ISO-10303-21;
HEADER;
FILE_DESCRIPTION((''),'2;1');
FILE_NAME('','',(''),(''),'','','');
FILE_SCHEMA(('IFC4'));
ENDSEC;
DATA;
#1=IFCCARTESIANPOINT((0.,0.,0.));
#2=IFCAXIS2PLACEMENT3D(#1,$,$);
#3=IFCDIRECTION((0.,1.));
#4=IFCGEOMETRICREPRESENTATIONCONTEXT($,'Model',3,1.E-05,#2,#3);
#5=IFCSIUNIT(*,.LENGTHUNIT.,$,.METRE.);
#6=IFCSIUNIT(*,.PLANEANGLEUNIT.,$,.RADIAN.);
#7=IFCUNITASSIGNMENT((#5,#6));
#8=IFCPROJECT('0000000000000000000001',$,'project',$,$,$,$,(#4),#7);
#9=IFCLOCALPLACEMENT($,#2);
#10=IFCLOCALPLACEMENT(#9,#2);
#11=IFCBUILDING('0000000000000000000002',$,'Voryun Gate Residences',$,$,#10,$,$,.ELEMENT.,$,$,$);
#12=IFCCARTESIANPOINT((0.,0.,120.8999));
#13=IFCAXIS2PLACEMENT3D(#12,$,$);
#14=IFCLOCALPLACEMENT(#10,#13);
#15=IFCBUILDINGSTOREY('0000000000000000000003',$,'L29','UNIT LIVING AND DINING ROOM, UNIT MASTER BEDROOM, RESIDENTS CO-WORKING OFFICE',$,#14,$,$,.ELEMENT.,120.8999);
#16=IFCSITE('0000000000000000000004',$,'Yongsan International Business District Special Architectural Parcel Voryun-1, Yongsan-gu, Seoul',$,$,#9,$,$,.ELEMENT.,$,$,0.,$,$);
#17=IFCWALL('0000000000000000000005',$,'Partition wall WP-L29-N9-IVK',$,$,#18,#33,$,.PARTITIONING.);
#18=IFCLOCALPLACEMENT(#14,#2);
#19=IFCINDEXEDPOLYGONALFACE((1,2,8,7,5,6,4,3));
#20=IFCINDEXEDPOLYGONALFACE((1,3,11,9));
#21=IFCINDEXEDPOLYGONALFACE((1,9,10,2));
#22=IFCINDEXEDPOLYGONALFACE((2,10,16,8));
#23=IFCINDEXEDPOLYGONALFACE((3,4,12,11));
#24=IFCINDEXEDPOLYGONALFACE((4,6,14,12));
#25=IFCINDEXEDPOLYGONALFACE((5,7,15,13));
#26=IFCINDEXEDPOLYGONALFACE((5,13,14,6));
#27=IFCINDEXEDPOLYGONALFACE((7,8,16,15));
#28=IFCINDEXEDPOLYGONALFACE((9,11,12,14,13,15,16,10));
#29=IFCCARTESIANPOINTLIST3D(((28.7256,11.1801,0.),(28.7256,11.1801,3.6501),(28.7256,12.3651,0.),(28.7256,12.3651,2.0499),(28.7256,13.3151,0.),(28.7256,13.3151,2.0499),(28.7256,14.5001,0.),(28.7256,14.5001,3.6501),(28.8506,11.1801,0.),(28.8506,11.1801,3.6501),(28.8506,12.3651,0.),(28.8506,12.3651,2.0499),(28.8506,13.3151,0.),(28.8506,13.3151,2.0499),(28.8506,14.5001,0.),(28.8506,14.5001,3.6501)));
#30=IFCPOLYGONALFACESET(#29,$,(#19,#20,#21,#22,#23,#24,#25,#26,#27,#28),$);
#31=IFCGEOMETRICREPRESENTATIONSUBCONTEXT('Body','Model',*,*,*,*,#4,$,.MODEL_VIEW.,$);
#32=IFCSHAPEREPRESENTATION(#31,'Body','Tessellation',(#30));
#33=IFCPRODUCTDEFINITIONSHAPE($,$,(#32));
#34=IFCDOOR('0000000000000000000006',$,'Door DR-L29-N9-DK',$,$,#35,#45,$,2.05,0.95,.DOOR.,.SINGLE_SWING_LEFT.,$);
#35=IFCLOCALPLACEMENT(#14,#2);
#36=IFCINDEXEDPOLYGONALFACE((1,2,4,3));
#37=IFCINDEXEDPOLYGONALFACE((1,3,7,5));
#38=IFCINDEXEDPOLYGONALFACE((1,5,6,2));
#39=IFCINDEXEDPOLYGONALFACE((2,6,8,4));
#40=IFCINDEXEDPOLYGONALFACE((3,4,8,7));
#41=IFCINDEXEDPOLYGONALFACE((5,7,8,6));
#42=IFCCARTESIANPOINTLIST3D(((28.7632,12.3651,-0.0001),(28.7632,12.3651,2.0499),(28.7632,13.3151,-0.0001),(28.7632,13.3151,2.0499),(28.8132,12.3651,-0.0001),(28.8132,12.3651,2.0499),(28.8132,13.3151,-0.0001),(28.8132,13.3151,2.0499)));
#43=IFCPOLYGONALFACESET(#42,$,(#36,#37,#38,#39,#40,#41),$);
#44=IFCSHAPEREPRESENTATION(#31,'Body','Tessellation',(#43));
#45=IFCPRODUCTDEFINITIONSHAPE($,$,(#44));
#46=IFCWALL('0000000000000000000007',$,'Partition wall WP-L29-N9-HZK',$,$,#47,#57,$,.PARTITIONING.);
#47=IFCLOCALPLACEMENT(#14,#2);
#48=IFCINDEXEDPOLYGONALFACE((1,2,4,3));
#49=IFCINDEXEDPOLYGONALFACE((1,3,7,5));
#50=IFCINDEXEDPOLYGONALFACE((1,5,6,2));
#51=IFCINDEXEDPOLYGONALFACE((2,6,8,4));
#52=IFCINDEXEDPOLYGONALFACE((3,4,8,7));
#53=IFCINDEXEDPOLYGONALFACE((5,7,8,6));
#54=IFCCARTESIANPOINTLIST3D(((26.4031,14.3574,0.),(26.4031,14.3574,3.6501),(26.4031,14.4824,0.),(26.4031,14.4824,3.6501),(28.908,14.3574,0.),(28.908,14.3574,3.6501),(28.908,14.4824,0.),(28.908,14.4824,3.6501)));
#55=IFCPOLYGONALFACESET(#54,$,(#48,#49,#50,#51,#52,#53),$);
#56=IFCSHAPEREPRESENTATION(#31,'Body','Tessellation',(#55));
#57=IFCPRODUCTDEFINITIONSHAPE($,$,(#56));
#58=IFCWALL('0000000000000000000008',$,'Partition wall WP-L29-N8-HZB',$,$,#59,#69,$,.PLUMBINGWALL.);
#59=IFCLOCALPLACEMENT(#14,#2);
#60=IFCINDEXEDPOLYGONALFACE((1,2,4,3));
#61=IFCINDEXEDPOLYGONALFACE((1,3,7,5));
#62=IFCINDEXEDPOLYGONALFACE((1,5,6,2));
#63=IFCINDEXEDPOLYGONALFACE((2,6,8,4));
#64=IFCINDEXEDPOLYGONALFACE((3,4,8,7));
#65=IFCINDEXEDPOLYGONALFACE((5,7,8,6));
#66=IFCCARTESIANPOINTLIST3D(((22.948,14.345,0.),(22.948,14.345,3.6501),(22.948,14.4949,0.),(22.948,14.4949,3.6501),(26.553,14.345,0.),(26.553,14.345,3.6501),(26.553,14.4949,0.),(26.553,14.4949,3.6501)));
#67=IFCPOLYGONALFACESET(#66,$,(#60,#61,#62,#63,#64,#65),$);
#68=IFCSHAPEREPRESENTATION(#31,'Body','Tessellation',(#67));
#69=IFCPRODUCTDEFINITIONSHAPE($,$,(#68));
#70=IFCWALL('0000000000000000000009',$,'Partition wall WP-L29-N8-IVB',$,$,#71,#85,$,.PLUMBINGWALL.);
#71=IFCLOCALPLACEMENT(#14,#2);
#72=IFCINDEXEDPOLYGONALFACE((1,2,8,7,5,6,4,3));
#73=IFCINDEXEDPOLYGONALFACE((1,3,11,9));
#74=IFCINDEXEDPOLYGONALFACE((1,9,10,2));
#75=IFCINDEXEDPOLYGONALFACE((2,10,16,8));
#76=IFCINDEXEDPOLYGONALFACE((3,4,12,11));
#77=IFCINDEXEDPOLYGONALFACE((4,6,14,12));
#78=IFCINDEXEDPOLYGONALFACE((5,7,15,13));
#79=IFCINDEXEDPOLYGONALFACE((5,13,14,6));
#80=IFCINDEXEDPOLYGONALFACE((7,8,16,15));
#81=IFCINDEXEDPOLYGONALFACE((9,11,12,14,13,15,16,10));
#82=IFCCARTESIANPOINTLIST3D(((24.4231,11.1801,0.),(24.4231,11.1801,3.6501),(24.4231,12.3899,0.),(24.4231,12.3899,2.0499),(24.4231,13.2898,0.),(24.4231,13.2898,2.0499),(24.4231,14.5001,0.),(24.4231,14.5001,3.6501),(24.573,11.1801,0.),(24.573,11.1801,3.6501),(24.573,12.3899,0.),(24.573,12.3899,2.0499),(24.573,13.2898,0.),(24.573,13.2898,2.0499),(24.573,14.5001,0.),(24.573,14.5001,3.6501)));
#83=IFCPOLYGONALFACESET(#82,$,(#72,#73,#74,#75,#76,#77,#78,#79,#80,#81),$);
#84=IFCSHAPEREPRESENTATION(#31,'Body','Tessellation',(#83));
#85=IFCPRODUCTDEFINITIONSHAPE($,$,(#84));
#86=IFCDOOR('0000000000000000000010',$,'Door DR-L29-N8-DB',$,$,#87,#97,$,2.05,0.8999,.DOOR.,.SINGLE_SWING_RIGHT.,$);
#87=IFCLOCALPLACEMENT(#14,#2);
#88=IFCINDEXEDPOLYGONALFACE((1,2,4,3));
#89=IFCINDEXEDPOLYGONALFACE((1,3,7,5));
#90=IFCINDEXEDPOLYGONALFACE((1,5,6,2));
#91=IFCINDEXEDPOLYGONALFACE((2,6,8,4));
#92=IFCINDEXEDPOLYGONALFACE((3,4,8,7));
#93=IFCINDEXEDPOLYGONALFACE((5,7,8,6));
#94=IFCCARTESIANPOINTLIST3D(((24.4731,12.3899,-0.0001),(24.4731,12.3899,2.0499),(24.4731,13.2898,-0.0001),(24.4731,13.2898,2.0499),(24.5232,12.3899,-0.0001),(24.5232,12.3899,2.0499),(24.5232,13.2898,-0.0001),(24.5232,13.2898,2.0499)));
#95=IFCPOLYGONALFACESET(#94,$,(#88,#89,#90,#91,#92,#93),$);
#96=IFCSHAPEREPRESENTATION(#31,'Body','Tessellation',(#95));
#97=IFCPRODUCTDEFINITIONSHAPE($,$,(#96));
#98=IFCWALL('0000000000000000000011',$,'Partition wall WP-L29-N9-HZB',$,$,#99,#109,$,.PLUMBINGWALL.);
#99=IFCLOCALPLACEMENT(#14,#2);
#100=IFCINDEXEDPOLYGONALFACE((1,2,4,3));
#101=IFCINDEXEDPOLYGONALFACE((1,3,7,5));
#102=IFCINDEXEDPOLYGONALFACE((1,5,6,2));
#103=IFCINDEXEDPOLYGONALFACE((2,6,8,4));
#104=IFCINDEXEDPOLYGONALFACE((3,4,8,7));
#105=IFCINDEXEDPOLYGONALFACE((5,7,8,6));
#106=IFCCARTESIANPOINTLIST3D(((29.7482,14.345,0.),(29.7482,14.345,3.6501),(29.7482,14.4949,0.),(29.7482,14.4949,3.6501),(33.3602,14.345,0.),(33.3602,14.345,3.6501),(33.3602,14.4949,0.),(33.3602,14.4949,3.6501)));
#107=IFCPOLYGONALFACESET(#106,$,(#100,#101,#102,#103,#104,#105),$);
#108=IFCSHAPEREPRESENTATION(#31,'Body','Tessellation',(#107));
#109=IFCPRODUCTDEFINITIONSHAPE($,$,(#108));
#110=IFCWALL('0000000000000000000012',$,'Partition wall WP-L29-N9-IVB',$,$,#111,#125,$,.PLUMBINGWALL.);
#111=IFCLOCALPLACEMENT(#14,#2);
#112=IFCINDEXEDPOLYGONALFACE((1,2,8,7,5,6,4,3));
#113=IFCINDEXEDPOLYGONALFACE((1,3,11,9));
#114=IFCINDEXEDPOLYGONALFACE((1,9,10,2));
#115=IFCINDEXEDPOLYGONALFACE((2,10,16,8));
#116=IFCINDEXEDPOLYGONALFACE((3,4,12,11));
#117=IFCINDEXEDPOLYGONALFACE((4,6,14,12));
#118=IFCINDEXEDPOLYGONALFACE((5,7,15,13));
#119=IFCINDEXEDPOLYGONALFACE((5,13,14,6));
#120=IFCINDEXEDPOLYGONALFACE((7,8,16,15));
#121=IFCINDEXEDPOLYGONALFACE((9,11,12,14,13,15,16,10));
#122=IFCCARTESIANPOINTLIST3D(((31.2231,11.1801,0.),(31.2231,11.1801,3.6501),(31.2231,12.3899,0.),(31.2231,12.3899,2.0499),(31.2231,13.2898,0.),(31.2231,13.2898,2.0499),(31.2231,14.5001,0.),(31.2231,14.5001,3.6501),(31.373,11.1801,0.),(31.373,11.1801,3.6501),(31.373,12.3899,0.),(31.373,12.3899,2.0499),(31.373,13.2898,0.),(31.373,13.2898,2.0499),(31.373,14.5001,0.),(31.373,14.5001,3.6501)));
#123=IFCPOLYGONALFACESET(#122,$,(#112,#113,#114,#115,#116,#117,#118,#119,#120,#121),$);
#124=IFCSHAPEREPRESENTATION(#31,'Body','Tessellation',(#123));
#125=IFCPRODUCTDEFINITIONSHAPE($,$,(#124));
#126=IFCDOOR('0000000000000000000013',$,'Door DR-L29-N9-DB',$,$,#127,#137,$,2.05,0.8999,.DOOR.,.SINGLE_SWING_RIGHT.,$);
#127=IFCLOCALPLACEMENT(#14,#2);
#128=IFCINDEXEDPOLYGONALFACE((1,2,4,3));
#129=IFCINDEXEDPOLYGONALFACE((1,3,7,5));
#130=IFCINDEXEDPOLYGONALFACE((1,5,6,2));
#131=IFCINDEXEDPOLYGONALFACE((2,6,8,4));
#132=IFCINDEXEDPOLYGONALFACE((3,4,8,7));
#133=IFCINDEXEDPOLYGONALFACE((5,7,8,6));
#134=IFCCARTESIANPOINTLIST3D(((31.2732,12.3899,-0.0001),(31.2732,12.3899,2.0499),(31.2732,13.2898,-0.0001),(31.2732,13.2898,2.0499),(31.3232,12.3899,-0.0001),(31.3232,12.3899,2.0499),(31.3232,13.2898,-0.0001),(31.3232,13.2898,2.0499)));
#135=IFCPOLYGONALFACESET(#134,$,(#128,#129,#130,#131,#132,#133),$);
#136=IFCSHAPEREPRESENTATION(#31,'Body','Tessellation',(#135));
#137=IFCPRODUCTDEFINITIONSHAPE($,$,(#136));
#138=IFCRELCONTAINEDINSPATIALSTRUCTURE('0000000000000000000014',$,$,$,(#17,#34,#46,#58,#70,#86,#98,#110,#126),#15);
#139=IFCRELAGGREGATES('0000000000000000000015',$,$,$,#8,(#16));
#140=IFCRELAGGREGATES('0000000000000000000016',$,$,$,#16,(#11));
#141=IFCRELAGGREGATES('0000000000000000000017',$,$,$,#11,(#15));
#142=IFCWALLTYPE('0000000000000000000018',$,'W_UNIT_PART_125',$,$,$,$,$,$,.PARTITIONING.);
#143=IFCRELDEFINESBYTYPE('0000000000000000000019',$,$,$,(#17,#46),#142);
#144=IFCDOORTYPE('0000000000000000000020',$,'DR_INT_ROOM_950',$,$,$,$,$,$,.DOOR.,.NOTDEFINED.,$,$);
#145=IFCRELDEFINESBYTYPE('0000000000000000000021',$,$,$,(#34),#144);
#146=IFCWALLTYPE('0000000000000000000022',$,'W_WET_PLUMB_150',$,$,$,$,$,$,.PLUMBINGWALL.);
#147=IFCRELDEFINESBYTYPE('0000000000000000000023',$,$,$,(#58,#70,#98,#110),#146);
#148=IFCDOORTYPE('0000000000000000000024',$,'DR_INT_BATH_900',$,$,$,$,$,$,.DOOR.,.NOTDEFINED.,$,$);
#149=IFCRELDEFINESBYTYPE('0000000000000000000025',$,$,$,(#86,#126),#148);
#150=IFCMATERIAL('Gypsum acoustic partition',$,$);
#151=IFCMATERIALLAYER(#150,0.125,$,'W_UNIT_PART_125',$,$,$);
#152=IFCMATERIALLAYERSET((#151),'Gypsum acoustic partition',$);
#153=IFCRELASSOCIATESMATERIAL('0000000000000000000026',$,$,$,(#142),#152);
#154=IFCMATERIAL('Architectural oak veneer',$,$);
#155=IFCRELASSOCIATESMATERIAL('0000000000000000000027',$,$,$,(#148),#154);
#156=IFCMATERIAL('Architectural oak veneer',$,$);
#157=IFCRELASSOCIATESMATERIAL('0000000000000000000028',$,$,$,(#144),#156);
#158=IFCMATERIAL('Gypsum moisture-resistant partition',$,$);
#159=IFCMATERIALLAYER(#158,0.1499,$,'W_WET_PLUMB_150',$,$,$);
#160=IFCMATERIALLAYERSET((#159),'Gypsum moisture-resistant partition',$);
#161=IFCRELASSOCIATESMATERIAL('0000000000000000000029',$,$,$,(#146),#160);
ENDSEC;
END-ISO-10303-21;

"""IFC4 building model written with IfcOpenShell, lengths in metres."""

from ifc_helpers import new_model, si_unit, direction, frame, frame_2d, origin, place, context, subcontext, project, spatial, rectangle, extrude, material, layer, layer_set, type_object, element, fill, save


model = new_model("IFC4")

# Units and contexts
model_context = context("Model", 3, precision=1e-05, world=origin(), true_north=direction((0.0, 1.0)))
body_context = subcontext(model_context, "Body", "Model", "MODEL_VIEW")
ifc_project = project(units=[si_unit("LENGTHUNIT", "METRE"), si_unit("PLANEANGLEUNIT", "RADIAN")], contexts=[model_context])

# Site, building, storey
site_placement = place(None, origin())
site = spatial("IfcSite", under=ifc_project, at=site_placement, Name="Yongsan International Business District Special Architectural Parcel Voryun-1, Yongsan-gu, Seoul", CompositionType="ELEMENT", RefElevation=0.0)
building_placement = place(site_placement, origin())
building = spatial("IfcBuilding", under=site, at=building_placement, Name="Voryun Gate Residences", CompositionType="ELEMENT")
storey_placement = place(building_placement, frame((0.0, 0.0, 120.8999)))
storey = spatial("IfcBuildingStorey", under=building, at=storey_placement, Name="L29", Description="UNIT LIVING AND DINING ROOM, UNIT MASTER BEDROOM, RESIDENTS CO-WORKING OFFICE", CompositionType="ELEMENT", Elevation=120.8999)

# Shared definitions
ifc_material_1 = material(Name="Gypsum acoustic partition")
ifc_layer_1 = layer(ifc_material_1, 0.125, Name="W_UNIT_PART_125")
ifc_layer_set_1 = layer_set([ifc_layer_1], Name="Gypsum acoustic partition")
wall_type_1 = type_object("IfcWallType", Name="W_UNIT_PART_125", PredefinedType="PARTITIONING", material=ifc_layer_set_1)
ifc_material_2 = material(Name="Architectural oak veneer")
door_type_1 = type_object("IfcDoorType", Name="DR_INT_BATH_900", OperationType="NOTDEFINED", PredefinedType="DOOR", material=ifc_material_2)
ifc_material_3 = material(Name="Architectural oak veneer")
door_type_2 = type_object("IfcDoorType", Name="DR_INT_ROOM_950", OperationType="NOTDEFINED", PredefinedType="DOOR", material=ifc_material_3)

# Wall, opening, door
wall_1_placement = place(storey_placement, frame((28.7881, 11.1799, 0.0), z_axis=(0.0, 0.0, 1.0), x_axis=(0.0, 1.0, 0.0)))
wall_1 = element("IfcWall", 1, at=wall_1_placement, inside=storey, type_object=wall_type_1, Name="Partition wall WP-L29-N9-IVK", PredefinedType="PARTITIONING", context=body_context, shape_type="SweptSolid", body=[
    extrude(rectangle(XDim=3.3201, YDim=0.125, at=frame_2d((1.6602, 0.0))), origin(), (0.0, 0.0, 1.0), 3.6501),
])
opening_1_placement = place(wall_1_placement, frame((1.1851, 0.0, 0.0)))
opening_1 = element("IfcOpeningElement", 2, at=opening_1_placement, cuts=wall_1, PredefinedType="OPENING", context=body_context, shape_type="SweptSolid", body=[
    extrude(rectangle(XDim=0.95, YDim=2.05, at=frame_2d((0.4751, 1.0249))), frame((0.0, 0.0725, 0.0), z_axis=(0.0, -1.0, 0.0), x_axis=(1.0, 0.0, 0.0)), (0.0, 0.0, 1.0), 0.145),
])
door_1_placement = place(opening_1_placement, origin())
door_1 = element("IfcDoor", 3, at=door_1_placement, inside=storey, type_object=door_type_2, Name="Door DR-L29-N9-DK", OperationType="SINGLE_SWING_LEFT", OverallHeight=2.05, OverallWidth=0.95, PredefinedType="DOOR", context=body_context, shape_type="SweptSolid", body=[
    extrude(rectangle(XDim=0.95, YDim=2.05, at=frame_2d((0.4751, 1.0249))), frame((0.0, 0.0249, 0.0), z_axis=(0.0, -1.0, 0.0), x_axis=(1.0, 0.0, 0.0)), (0.0, 0.0, 1.0), 0.05),
])
fill(opening_1, door_1)

# Walls
wall_2_placement = place(storey_placement, frame((26.4031, 14.4199, 0.0), z_axis=(0.0, 0.0, 1.0), x_axis=(1.0, 0.0, 0.0)))
element("IfcWall", 4, at=wall_2_placement, inside=storey, type_object=wall_type_1, Name="Partition wall WP-L29-N9-HZK", PredefinedType="PARTITIONING", context=body_context, shape_type="SweptSolid", body=[
    extrude(rectangle(XDim=2.5049, YDim=0.125, at=frame_2d((1.2524, 0.0))), origin(), (0.0, 0.0, 1.0), 3.6501),
])
ifc_material_4 = material(Name="Gypsum moisture-resistant partition")
ifc_layer_2 = layer(ifc_material_4, 0.1499, Name="W_WET_PLUMB_150")
ifc_layer_set_2 = layer_set([ifc_layer_2], Name="Gypsum moisture-resistant partition")
wall_type_2 = type_object("IfcWallType", Name="W_WET_PLUMB_150", PredefinedType="PLUMBINGWALL", material=ifc_layer_set_2)
wall_3_placement = place(storey_placement, frame((22.948, 14.4199, 0.0), z_axis=(0.0, 0.0, 1.0), x_axis=(1.0, 0.0, 0.0)))
element("IfcWall", 5, at=wall_3_placement, inside=storey, type_object=wall_type_2, Name="Partition wall WP-L29-N8-HZB", PredefinedType="PLUMBINGWALL", context=body_context, shape_type="SweptSolid", body=[
    extrude(rectangle(XDim=3.605, YDim=0.1499, at=frame_2d((1.8025, 0.0))), origin(), (0.0, 0.0, 1.0), 3.6501),
])

# Wall, opening, door
wall_4_placement = place(storey_placement, frame((24.498, 11.1799, 0.0), z_axis=(0.0, 0.0, 1.0), x_axis=(0.0, 1.0, 0.0)))
wall_4 = element("IfcWall", 6, at=wall_4_placement, inside=storey, type_object=wall_type_2, Name="Partition wall WP-L29-N8-IVB", PredefinedType="PLUMBINGWALL", context=body_context, shape_type="SweptSolid", body=[
    extrude(rectangle(XDim=3.3201, YDim=0.1499, at=frame_2d((1.6602, 0.0))), origin(), (0.0, 0.0, 1.0), 3.6501),
])
opening_2_placement = place(wall_4_placement, frame((1.21, 0.0, 0.0)))
opening_2 = element("IfcOpeningElement", 7, at=opening_2_placement, cuts=wall_4, PredefinedType="OPENING", context=body_context, shape_type="SweptSolid", body=[
    extrude(rectangle(XDim=0.8999, YDim=2.05, at=frame_2d((0.45, 1.0249))), frame((0.0, 0.085, 0.0), z_axis=(0.0, -1.0, 0.0), x_axis=(1.0, 0.0, 0.0)), (0.0, 0.0, 1.0), 0.1699),
])
door_2_placement = place(opening_2_placement, origin())
door_2 = element("IfcDoor", 8, at=door_2_placement, inside=storey, type_object=door_type_1, Name="Door DR-L29-N8-DB", OperationType="SINGLE_SWING_RIGHT", OverallHeight=2.05, OverallWidth=0.8999, PredefinedType="DOOR", context=body_context, shape_type="SweptSolid", body=[
    extrude(rectangle(XDim=0.8999, YDim=2.05, at=frame_2d((0.45, 1.0249))), frame((0.0, 0.0249, 0.0), z_axis=(0.0, -1.0, 0.0), x_axis=(1.0, 0.0, 0.0)), (0.0, 0.0, 1.0), 0.05),
])
fill(opening_2, door_2)

# Wall
wall_5_placement = place(storey_placement, frame((29.748, 14.4199, 0.0), z_axis=(0.0, 0.0, 1.0), x_axis=(1.0, 0.0, 0.0)))
element("IfcWall", 9, at=wall_5_placement, inside=storey, type_object=wall_type_2, Name="Partition wall WP-L29-N9-HZB", PredefinedType="PLUMBINGWALL", context=body_context, shape_type="SweptSolid", body=[
    extrude(rectangle(XDim=3.6121, YDim=0.1499, at=frame_2d((1.8062, 0.0))), origin(), (0.0, 0.0, 1.0), 3.6501),
])

# Wall, opening, door
wall_6_placement = place(storey_placement, frame((31.2981, 11.1799, 0.0), z_axis=(0.0, 0.0, 1.0), x_axis=(0.0, 1.0, 0.0)))
wall_6 = element("IfcWall", 10, at=wall_6_placement, inside=storey, type_object=wall_type_2, Name="Partition wall WP-L29-N9-IVB", PredefinedType="PLUMBINGWALL", context=body_context, shape_type="SweptSolid", body=[
    extrude(rectangle(XDim=3.3201, YDim=0.1499, at=frame_2d((1.6602, 0.0))), origin(), (0.0, 0.0, 1.0), 3.6501),
])
opening_3_placement = place(wall_6_placement, frame((1.21, 0.0, 0.0)))
opening_3 = element("IfcOpeningElement", 11, at=opening_3_placement, cuts=wall_6, PredefinedType="OPENING", context=body_context, shape_type="SweptSolid", body=[
    extrude(rectangle(XDim=0.8999, YDim=2.05, at=frame_2d((0.45, 1.0249))), frame((0.0, 0.085, 0.0), z_axis=(0.0, -1.0, 0.0), x_axis=(1.0, 0.0, 0.0)), (0.0, 0.0, 1.0), 0.1699),
])
door_3_placement = place(opening_3_placement, origin())
door_3 = element("IfcDoor", 12, at=door_3_placement, inside=storey, type_object=door_type_1, Name="Door DR-L29-N9-DB", OperationType="SINGLE_SWING_RIGHT", OverallHeight=2.05, OverallWidth=0.8999, PredefinedType="DOOR", context=body_context, shape_type="SweptSolid", body=[
    extrude(rectangle(XDim=0.8999, YDim=2.05, at=frame_2d((0.45, 1.0249))), frame((0.0, 0.0249, 0.0), z_axis=(0.0, -1.0, 0.0), x_axis=(1.0, 0.0, 0.0)), (0.0, 0.0, 1.0), 0.05),
])
fill(opening_3, door_3)

save(model, "model.ifc")
